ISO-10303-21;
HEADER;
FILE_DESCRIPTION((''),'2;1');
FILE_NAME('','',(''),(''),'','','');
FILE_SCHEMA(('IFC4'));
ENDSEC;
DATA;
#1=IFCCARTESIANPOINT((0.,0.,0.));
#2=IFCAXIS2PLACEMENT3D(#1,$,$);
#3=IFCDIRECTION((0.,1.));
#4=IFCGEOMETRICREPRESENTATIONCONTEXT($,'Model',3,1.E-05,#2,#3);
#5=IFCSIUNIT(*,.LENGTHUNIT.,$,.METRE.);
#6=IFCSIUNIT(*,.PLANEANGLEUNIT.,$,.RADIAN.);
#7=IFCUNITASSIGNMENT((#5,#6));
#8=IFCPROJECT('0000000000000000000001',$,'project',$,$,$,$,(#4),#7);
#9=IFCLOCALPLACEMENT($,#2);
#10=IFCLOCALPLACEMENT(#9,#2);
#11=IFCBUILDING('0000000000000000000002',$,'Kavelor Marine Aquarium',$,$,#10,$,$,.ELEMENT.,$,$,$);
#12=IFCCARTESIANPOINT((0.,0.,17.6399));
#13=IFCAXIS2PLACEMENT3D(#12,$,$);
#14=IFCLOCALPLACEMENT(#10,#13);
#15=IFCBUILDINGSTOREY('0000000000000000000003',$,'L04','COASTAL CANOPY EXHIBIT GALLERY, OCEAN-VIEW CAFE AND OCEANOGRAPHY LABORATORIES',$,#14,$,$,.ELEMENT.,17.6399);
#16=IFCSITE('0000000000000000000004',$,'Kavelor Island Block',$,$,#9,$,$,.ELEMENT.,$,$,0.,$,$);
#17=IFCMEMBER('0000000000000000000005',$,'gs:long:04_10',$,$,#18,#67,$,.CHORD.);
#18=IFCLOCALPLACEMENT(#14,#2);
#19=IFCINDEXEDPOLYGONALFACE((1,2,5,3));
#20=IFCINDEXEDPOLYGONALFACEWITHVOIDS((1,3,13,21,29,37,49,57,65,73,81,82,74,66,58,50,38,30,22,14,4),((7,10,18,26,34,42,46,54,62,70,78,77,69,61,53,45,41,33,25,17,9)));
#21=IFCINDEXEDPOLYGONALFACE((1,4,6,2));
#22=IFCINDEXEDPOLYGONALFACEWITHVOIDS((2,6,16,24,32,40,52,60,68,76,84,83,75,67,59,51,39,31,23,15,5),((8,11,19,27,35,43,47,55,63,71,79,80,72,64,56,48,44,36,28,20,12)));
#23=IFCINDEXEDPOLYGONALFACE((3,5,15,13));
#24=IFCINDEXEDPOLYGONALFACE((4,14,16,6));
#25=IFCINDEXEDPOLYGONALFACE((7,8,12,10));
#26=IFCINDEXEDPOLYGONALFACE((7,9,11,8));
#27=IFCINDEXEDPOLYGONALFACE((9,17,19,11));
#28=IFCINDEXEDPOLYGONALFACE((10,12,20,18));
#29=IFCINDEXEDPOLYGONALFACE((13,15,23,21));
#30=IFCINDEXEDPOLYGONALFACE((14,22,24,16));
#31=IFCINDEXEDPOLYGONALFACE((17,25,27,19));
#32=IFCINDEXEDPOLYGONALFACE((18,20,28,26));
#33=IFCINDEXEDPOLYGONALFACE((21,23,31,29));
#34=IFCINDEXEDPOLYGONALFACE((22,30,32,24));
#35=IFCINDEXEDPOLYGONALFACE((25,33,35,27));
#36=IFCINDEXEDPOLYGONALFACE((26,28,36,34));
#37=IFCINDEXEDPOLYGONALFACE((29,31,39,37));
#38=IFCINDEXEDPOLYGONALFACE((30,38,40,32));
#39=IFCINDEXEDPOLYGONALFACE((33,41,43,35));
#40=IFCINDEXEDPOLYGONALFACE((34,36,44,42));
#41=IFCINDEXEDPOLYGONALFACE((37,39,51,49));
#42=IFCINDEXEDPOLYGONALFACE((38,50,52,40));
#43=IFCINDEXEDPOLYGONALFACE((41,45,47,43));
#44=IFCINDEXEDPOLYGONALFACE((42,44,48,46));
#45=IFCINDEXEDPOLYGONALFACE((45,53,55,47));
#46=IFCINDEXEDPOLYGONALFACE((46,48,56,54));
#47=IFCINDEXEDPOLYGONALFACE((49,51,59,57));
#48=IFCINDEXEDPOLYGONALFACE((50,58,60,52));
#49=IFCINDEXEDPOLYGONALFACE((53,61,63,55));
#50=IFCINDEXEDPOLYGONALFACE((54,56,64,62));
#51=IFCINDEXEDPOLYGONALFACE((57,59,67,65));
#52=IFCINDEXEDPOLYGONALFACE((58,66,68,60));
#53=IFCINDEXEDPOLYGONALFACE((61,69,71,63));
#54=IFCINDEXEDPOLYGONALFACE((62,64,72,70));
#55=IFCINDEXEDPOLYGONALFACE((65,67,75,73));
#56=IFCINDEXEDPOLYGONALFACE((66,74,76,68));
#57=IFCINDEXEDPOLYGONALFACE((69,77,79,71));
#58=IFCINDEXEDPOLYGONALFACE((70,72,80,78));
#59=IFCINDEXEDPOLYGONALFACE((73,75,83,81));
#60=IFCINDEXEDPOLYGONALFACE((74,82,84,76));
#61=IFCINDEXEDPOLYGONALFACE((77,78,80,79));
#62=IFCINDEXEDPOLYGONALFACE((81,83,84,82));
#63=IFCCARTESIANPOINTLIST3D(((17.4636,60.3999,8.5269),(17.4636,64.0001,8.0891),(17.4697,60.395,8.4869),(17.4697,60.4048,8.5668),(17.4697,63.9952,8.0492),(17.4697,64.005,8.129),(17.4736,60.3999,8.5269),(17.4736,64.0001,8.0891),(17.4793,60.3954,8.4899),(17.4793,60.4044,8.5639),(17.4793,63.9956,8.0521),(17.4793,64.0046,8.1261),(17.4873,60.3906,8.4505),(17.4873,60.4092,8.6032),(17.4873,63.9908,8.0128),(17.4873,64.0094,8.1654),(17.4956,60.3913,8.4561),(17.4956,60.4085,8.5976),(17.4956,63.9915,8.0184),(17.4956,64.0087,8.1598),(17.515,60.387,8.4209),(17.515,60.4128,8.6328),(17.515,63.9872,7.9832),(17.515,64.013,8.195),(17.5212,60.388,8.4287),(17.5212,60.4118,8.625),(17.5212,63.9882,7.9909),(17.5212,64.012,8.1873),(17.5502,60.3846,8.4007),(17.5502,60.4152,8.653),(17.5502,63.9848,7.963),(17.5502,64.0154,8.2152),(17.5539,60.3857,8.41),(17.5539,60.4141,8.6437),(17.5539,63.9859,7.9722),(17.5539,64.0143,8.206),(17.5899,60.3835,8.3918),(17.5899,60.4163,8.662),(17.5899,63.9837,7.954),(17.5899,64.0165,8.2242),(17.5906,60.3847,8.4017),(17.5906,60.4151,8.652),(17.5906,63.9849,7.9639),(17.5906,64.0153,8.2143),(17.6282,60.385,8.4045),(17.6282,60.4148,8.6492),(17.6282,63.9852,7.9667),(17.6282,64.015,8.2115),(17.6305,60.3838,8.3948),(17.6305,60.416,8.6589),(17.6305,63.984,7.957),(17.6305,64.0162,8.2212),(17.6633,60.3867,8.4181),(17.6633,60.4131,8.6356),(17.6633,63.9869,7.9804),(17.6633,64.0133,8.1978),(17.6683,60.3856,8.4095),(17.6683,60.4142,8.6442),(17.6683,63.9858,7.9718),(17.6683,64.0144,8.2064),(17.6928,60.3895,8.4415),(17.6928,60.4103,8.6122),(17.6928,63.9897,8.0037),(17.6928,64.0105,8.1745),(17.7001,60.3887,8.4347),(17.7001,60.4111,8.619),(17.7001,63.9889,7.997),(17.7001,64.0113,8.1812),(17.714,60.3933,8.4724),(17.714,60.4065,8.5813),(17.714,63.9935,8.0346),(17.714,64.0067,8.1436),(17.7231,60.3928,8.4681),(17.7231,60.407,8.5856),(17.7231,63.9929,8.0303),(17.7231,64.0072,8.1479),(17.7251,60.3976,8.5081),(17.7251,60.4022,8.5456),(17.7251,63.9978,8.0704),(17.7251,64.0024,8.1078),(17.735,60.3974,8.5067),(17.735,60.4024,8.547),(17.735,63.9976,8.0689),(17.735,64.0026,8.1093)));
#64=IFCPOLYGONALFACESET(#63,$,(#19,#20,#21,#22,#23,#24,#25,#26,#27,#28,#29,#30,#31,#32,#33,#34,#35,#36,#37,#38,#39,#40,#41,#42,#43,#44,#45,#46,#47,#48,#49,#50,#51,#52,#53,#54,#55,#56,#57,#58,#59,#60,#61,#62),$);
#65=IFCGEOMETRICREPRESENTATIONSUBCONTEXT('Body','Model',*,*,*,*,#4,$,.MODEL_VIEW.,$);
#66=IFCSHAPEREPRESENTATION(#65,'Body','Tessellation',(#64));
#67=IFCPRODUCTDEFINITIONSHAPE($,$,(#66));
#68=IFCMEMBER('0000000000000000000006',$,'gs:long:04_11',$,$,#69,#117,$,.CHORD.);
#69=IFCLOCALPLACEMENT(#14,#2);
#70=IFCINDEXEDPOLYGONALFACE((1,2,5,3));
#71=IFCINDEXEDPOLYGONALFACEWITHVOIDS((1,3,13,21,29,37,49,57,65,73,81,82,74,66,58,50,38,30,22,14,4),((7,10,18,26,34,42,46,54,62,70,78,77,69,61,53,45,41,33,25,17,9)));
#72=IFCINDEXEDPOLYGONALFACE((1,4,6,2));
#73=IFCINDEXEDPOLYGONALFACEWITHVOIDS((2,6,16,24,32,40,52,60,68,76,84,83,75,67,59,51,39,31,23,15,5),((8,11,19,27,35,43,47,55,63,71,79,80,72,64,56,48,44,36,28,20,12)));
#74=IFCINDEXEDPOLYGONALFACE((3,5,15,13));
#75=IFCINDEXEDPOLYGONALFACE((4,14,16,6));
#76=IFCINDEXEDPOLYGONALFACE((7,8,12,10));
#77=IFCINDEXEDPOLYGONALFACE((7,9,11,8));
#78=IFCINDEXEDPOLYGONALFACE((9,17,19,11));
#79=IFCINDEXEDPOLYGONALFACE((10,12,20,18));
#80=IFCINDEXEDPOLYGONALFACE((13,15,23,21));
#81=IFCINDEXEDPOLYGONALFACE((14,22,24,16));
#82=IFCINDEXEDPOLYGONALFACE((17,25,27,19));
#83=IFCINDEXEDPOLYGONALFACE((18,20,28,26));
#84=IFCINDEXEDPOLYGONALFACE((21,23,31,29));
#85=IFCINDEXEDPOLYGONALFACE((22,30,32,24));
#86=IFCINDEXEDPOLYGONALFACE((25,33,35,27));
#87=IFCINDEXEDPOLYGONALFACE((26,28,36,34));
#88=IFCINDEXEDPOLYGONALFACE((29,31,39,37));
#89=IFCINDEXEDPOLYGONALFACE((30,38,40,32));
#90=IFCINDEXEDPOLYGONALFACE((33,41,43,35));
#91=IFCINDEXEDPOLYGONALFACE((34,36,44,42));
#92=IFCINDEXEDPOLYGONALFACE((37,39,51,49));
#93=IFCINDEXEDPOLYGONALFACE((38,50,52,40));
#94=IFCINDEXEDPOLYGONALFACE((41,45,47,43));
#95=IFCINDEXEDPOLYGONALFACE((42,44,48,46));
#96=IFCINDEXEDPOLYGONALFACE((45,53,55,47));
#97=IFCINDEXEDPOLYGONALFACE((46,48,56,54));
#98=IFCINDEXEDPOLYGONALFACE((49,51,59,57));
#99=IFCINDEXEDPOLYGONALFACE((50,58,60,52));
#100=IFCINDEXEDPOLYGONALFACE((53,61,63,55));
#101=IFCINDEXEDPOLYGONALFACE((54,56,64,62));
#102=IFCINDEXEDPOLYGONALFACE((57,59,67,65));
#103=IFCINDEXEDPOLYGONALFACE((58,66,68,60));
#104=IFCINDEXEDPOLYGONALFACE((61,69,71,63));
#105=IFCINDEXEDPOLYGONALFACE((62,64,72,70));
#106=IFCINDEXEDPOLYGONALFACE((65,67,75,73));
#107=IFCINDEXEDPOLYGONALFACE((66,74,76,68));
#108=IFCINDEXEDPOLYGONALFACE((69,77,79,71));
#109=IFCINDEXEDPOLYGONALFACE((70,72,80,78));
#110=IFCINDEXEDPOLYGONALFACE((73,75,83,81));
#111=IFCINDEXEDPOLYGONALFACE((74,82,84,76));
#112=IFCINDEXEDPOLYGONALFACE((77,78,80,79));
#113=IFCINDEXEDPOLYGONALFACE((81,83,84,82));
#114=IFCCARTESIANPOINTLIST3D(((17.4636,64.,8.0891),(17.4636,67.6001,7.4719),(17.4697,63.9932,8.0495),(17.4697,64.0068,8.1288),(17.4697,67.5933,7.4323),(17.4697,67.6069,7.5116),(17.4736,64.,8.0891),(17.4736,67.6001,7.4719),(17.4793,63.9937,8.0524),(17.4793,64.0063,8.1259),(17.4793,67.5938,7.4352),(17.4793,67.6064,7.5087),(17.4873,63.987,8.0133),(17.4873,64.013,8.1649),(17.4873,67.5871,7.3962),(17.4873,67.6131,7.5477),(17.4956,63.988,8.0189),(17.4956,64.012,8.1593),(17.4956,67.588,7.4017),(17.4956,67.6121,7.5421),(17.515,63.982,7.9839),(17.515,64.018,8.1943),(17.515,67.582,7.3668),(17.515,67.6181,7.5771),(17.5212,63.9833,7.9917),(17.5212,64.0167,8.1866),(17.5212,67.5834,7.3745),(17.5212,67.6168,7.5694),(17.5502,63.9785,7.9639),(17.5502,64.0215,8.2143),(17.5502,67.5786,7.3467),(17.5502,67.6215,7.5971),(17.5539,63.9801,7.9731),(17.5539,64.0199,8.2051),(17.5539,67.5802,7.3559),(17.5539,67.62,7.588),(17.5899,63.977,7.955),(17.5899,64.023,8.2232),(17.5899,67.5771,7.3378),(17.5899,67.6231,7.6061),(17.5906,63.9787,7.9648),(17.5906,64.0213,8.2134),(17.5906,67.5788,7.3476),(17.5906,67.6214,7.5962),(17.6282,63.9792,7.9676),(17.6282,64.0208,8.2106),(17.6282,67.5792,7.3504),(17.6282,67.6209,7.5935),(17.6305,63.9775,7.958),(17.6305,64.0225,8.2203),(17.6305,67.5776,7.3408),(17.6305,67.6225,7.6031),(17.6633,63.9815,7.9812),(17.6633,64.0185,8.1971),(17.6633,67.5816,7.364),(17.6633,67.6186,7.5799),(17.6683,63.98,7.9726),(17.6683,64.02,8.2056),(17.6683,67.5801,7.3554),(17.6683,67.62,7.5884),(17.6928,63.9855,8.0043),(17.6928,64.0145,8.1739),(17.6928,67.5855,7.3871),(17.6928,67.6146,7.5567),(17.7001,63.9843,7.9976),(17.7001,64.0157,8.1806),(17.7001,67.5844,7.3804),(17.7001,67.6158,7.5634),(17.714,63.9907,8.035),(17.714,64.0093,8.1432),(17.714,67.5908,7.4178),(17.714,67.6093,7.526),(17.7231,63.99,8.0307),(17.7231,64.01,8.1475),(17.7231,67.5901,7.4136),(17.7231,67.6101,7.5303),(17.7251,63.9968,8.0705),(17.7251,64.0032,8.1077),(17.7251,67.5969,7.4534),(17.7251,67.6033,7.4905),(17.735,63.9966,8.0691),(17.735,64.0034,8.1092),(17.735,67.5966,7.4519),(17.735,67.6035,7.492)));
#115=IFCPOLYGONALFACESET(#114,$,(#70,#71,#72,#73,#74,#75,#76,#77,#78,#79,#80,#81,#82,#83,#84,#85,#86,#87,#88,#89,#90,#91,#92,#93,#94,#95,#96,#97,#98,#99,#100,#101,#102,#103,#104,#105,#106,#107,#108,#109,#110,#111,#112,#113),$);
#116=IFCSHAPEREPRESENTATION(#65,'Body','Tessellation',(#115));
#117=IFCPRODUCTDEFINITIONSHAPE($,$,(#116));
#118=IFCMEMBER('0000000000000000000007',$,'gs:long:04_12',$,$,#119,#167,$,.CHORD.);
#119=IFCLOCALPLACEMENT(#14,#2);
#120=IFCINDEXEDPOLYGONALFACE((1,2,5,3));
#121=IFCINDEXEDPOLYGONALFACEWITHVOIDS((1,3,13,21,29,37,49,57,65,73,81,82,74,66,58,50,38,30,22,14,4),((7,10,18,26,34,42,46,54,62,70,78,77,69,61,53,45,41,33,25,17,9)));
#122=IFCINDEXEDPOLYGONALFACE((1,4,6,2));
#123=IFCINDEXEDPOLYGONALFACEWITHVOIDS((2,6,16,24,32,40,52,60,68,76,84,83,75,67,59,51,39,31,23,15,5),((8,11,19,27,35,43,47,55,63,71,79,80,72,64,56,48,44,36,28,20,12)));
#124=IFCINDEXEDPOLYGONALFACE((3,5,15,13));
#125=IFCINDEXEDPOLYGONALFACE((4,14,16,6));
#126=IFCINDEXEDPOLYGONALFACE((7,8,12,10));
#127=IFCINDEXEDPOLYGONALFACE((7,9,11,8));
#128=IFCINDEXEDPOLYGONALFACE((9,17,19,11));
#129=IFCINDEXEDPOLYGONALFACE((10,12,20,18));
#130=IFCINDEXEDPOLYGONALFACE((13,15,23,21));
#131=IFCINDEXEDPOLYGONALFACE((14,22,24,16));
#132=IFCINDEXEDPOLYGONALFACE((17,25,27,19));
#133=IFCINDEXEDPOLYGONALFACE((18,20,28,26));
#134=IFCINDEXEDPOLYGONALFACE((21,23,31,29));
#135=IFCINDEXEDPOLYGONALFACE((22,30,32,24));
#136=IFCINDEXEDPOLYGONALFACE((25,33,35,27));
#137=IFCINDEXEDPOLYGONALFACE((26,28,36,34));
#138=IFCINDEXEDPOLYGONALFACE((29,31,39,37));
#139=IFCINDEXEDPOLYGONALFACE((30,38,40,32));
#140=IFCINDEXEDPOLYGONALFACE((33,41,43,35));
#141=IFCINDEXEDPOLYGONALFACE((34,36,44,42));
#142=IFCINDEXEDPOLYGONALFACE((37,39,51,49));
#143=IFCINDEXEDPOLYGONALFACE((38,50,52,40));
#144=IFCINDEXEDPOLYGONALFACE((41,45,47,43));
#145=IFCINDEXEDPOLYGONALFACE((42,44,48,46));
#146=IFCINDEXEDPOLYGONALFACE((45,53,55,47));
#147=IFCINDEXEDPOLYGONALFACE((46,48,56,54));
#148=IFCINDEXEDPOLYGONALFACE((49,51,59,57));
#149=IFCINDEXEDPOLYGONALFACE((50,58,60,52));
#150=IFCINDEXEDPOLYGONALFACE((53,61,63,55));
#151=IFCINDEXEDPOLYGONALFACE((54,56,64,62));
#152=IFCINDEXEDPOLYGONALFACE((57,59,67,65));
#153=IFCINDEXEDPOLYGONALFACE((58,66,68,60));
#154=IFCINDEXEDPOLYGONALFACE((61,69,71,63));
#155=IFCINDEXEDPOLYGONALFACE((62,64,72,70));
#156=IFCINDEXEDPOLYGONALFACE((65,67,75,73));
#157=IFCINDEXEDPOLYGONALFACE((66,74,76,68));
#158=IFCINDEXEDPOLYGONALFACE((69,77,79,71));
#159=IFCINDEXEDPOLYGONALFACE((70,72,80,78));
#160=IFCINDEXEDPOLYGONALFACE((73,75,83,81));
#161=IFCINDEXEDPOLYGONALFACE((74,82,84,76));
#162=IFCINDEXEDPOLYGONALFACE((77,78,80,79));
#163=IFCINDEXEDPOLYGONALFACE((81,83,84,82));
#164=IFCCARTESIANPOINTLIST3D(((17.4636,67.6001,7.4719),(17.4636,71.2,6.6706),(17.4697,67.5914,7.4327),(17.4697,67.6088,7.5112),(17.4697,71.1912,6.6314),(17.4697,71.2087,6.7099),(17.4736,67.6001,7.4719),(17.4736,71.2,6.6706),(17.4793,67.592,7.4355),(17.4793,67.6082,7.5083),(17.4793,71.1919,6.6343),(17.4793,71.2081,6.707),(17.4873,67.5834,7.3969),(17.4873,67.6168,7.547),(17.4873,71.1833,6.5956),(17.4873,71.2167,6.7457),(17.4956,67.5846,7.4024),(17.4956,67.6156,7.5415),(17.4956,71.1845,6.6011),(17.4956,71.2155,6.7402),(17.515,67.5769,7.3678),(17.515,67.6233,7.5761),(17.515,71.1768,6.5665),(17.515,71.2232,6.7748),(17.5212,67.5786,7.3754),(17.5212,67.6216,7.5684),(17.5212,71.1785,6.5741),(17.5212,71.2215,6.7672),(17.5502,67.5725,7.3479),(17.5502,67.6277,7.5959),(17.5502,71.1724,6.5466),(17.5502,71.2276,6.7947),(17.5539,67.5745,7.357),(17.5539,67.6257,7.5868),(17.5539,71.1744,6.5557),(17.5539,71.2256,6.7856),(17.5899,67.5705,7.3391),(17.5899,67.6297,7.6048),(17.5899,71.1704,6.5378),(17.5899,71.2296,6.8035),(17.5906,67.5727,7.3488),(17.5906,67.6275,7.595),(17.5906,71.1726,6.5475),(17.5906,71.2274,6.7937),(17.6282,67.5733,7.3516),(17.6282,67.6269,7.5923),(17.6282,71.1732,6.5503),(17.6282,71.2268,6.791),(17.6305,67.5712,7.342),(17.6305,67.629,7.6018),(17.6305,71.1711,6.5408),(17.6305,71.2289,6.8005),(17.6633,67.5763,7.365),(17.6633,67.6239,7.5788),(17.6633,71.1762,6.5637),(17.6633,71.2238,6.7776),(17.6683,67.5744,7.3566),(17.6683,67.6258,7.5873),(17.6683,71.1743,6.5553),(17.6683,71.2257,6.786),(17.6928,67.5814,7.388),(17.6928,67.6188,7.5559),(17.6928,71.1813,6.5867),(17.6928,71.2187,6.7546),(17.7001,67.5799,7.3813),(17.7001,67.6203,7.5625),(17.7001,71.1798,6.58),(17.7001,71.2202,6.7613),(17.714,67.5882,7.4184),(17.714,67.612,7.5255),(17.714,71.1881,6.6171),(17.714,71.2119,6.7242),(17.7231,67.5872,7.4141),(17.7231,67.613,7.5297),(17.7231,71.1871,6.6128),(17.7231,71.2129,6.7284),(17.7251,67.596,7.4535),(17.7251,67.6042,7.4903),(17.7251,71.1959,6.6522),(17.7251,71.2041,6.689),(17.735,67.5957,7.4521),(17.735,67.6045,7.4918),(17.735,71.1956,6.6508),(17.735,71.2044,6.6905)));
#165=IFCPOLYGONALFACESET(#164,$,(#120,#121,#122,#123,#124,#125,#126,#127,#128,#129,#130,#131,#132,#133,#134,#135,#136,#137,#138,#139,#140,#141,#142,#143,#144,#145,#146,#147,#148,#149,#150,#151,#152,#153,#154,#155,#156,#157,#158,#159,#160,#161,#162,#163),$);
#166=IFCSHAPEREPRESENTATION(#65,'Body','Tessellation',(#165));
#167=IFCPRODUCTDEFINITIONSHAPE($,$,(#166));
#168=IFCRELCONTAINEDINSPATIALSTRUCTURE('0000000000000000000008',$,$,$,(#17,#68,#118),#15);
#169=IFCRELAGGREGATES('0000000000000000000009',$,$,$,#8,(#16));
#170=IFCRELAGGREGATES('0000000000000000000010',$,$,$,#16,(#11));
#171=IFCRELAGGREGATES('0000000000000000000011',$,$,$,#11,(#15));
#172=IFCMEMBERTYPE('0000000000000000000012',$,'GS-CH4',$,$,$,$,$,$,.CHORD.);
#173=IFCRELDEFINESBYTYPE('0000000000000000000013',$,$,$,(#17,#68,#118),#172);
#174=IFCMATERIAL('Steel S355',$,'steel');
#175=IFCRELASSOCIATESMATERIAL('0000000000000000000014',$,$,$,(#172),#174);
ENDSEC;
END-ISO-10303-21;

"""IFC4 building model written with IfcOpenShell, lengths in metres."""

from ifc_helpers import new_model, si_unit, direction, frame, origin, origin_2d, place, context, subcontext, project, spatial, hollow_circle, extrude, material, material_profile, profile_set, type_object, element, save


model = new_model("IFC4")

# Units and contexts
model_context = context("Model", 3, precision=1e-05, world=origin(), true_north=direction((0.0, 1.0)))
body_context = subcontext(model_context, "Body", "Model", "MODEL_VIEW")
ifc_project = project(units=[si_unit("LENGTHUNIT", "METRE"), si_unit("PLANEANGLEUNIT", "RADIAN")], contexts=[model_context])

# Site, building, storey
site_placement = place(None, origin())
site = spatial("IfcSite", under=ifc_project, at=site_placement, Name="Kavelor Island Block", CompositionType="ELEMENT", RefElevation=0.0)
building_placement = place(site_placement, origin())
building = spatial("IfcBuilding", under=site, at=building_placement, Name="Kavelor Marine Aquarium", CompositionType="ELEMENT")
storey_placement = place(building_placement, frame((0.0, 0.0, 17.6399)))
storey = spatial("IfcBuildingStorey", under=building, at=storey_placement, Name="L04", Description="COASTAL CANOPY EXHIBIT GALLERY, OCEAN-VIEW CAFE AND OCEANOGRAPHY LABORATORIES", CompositionType="ELEMENT", Elevation=17.6399)

# Members
ifc_material_1 = material(Name="Steel S355", Category="steel")
ifc_material_profile_1 = material_profile(ifc_material_1, hollow_circle(Radius=0.1365, WallThickness=0.01, at=origin_2d()), Name="CHS 273.0x10.0")
ifc_profile_set_1 = profile_set([ifc_material_profile_1], Name="Steel S355")
member_type_1 = type_object("IfcMemberType", Name="GS-CH4", PredefinedType="CHORD", material=ifc_profile_set_1)
member_1_placement = place(storey_placement, frame((17.6001, 60.3999, 8.5269), z_axis=(0.0, 0.992689, -0.120703), x_axis=(-1.0, 0.0, 0.0)))
element("IfcMember", 1, at=member_1_placement, inside=storey, type_object=member_type_1, Name="gs:long:04_10", PredefinedType="CHORD", context=body_context, shape_type="SweptSolid", body=[
    extrude(hollow_circle(Radius=0.1365, WallThickness=0.01, at=origin_2d()), origin(), (0.0, 0.0, 1.0), 3.6267),
])
member_2_placement = place(storey_placement, frame((17.6001, 64.0, 8.0891), z_axis=(0.0, 0.985621, -0.168971), x_axis=(-1.0, 0.0, 0.0)))
element("IfcMember", 2, at=member_2_placement, inside=storey, type_object=member_type_1, Name="gs:long:04_11", PredefinedType="CHORD", context=body_context, shape_type="SweptSolid", body=[
    extrude(hollow_circle(Radius=0.1365, WallThickness=0.01, at=origin_2d()), origin(), (0.0, 0.0, 1.0), 3.6526),
])
member_3_placement = place(storey_placement, frame((17.6001, 67.6001, 7.4719), z_axis=(0.0, 0.976112, -0.217267), x_axis=(-1.0, 0.0, 0.0)))
element("IfcMember", 3, at=member_3_placement, inside=storey, type_object=member_type_1, Name="gs:long:04_12", PredefinedType="CHORD", context=body_context, shape_type="SweptSolid", body=[
    extrude(hollow_circle(Radius=0.1365, WallThickness=0.01, at=origin_2d()), origin(), (0.0, 0.0, 1.0), 3.688),
])

save(model, "model.ifc")
